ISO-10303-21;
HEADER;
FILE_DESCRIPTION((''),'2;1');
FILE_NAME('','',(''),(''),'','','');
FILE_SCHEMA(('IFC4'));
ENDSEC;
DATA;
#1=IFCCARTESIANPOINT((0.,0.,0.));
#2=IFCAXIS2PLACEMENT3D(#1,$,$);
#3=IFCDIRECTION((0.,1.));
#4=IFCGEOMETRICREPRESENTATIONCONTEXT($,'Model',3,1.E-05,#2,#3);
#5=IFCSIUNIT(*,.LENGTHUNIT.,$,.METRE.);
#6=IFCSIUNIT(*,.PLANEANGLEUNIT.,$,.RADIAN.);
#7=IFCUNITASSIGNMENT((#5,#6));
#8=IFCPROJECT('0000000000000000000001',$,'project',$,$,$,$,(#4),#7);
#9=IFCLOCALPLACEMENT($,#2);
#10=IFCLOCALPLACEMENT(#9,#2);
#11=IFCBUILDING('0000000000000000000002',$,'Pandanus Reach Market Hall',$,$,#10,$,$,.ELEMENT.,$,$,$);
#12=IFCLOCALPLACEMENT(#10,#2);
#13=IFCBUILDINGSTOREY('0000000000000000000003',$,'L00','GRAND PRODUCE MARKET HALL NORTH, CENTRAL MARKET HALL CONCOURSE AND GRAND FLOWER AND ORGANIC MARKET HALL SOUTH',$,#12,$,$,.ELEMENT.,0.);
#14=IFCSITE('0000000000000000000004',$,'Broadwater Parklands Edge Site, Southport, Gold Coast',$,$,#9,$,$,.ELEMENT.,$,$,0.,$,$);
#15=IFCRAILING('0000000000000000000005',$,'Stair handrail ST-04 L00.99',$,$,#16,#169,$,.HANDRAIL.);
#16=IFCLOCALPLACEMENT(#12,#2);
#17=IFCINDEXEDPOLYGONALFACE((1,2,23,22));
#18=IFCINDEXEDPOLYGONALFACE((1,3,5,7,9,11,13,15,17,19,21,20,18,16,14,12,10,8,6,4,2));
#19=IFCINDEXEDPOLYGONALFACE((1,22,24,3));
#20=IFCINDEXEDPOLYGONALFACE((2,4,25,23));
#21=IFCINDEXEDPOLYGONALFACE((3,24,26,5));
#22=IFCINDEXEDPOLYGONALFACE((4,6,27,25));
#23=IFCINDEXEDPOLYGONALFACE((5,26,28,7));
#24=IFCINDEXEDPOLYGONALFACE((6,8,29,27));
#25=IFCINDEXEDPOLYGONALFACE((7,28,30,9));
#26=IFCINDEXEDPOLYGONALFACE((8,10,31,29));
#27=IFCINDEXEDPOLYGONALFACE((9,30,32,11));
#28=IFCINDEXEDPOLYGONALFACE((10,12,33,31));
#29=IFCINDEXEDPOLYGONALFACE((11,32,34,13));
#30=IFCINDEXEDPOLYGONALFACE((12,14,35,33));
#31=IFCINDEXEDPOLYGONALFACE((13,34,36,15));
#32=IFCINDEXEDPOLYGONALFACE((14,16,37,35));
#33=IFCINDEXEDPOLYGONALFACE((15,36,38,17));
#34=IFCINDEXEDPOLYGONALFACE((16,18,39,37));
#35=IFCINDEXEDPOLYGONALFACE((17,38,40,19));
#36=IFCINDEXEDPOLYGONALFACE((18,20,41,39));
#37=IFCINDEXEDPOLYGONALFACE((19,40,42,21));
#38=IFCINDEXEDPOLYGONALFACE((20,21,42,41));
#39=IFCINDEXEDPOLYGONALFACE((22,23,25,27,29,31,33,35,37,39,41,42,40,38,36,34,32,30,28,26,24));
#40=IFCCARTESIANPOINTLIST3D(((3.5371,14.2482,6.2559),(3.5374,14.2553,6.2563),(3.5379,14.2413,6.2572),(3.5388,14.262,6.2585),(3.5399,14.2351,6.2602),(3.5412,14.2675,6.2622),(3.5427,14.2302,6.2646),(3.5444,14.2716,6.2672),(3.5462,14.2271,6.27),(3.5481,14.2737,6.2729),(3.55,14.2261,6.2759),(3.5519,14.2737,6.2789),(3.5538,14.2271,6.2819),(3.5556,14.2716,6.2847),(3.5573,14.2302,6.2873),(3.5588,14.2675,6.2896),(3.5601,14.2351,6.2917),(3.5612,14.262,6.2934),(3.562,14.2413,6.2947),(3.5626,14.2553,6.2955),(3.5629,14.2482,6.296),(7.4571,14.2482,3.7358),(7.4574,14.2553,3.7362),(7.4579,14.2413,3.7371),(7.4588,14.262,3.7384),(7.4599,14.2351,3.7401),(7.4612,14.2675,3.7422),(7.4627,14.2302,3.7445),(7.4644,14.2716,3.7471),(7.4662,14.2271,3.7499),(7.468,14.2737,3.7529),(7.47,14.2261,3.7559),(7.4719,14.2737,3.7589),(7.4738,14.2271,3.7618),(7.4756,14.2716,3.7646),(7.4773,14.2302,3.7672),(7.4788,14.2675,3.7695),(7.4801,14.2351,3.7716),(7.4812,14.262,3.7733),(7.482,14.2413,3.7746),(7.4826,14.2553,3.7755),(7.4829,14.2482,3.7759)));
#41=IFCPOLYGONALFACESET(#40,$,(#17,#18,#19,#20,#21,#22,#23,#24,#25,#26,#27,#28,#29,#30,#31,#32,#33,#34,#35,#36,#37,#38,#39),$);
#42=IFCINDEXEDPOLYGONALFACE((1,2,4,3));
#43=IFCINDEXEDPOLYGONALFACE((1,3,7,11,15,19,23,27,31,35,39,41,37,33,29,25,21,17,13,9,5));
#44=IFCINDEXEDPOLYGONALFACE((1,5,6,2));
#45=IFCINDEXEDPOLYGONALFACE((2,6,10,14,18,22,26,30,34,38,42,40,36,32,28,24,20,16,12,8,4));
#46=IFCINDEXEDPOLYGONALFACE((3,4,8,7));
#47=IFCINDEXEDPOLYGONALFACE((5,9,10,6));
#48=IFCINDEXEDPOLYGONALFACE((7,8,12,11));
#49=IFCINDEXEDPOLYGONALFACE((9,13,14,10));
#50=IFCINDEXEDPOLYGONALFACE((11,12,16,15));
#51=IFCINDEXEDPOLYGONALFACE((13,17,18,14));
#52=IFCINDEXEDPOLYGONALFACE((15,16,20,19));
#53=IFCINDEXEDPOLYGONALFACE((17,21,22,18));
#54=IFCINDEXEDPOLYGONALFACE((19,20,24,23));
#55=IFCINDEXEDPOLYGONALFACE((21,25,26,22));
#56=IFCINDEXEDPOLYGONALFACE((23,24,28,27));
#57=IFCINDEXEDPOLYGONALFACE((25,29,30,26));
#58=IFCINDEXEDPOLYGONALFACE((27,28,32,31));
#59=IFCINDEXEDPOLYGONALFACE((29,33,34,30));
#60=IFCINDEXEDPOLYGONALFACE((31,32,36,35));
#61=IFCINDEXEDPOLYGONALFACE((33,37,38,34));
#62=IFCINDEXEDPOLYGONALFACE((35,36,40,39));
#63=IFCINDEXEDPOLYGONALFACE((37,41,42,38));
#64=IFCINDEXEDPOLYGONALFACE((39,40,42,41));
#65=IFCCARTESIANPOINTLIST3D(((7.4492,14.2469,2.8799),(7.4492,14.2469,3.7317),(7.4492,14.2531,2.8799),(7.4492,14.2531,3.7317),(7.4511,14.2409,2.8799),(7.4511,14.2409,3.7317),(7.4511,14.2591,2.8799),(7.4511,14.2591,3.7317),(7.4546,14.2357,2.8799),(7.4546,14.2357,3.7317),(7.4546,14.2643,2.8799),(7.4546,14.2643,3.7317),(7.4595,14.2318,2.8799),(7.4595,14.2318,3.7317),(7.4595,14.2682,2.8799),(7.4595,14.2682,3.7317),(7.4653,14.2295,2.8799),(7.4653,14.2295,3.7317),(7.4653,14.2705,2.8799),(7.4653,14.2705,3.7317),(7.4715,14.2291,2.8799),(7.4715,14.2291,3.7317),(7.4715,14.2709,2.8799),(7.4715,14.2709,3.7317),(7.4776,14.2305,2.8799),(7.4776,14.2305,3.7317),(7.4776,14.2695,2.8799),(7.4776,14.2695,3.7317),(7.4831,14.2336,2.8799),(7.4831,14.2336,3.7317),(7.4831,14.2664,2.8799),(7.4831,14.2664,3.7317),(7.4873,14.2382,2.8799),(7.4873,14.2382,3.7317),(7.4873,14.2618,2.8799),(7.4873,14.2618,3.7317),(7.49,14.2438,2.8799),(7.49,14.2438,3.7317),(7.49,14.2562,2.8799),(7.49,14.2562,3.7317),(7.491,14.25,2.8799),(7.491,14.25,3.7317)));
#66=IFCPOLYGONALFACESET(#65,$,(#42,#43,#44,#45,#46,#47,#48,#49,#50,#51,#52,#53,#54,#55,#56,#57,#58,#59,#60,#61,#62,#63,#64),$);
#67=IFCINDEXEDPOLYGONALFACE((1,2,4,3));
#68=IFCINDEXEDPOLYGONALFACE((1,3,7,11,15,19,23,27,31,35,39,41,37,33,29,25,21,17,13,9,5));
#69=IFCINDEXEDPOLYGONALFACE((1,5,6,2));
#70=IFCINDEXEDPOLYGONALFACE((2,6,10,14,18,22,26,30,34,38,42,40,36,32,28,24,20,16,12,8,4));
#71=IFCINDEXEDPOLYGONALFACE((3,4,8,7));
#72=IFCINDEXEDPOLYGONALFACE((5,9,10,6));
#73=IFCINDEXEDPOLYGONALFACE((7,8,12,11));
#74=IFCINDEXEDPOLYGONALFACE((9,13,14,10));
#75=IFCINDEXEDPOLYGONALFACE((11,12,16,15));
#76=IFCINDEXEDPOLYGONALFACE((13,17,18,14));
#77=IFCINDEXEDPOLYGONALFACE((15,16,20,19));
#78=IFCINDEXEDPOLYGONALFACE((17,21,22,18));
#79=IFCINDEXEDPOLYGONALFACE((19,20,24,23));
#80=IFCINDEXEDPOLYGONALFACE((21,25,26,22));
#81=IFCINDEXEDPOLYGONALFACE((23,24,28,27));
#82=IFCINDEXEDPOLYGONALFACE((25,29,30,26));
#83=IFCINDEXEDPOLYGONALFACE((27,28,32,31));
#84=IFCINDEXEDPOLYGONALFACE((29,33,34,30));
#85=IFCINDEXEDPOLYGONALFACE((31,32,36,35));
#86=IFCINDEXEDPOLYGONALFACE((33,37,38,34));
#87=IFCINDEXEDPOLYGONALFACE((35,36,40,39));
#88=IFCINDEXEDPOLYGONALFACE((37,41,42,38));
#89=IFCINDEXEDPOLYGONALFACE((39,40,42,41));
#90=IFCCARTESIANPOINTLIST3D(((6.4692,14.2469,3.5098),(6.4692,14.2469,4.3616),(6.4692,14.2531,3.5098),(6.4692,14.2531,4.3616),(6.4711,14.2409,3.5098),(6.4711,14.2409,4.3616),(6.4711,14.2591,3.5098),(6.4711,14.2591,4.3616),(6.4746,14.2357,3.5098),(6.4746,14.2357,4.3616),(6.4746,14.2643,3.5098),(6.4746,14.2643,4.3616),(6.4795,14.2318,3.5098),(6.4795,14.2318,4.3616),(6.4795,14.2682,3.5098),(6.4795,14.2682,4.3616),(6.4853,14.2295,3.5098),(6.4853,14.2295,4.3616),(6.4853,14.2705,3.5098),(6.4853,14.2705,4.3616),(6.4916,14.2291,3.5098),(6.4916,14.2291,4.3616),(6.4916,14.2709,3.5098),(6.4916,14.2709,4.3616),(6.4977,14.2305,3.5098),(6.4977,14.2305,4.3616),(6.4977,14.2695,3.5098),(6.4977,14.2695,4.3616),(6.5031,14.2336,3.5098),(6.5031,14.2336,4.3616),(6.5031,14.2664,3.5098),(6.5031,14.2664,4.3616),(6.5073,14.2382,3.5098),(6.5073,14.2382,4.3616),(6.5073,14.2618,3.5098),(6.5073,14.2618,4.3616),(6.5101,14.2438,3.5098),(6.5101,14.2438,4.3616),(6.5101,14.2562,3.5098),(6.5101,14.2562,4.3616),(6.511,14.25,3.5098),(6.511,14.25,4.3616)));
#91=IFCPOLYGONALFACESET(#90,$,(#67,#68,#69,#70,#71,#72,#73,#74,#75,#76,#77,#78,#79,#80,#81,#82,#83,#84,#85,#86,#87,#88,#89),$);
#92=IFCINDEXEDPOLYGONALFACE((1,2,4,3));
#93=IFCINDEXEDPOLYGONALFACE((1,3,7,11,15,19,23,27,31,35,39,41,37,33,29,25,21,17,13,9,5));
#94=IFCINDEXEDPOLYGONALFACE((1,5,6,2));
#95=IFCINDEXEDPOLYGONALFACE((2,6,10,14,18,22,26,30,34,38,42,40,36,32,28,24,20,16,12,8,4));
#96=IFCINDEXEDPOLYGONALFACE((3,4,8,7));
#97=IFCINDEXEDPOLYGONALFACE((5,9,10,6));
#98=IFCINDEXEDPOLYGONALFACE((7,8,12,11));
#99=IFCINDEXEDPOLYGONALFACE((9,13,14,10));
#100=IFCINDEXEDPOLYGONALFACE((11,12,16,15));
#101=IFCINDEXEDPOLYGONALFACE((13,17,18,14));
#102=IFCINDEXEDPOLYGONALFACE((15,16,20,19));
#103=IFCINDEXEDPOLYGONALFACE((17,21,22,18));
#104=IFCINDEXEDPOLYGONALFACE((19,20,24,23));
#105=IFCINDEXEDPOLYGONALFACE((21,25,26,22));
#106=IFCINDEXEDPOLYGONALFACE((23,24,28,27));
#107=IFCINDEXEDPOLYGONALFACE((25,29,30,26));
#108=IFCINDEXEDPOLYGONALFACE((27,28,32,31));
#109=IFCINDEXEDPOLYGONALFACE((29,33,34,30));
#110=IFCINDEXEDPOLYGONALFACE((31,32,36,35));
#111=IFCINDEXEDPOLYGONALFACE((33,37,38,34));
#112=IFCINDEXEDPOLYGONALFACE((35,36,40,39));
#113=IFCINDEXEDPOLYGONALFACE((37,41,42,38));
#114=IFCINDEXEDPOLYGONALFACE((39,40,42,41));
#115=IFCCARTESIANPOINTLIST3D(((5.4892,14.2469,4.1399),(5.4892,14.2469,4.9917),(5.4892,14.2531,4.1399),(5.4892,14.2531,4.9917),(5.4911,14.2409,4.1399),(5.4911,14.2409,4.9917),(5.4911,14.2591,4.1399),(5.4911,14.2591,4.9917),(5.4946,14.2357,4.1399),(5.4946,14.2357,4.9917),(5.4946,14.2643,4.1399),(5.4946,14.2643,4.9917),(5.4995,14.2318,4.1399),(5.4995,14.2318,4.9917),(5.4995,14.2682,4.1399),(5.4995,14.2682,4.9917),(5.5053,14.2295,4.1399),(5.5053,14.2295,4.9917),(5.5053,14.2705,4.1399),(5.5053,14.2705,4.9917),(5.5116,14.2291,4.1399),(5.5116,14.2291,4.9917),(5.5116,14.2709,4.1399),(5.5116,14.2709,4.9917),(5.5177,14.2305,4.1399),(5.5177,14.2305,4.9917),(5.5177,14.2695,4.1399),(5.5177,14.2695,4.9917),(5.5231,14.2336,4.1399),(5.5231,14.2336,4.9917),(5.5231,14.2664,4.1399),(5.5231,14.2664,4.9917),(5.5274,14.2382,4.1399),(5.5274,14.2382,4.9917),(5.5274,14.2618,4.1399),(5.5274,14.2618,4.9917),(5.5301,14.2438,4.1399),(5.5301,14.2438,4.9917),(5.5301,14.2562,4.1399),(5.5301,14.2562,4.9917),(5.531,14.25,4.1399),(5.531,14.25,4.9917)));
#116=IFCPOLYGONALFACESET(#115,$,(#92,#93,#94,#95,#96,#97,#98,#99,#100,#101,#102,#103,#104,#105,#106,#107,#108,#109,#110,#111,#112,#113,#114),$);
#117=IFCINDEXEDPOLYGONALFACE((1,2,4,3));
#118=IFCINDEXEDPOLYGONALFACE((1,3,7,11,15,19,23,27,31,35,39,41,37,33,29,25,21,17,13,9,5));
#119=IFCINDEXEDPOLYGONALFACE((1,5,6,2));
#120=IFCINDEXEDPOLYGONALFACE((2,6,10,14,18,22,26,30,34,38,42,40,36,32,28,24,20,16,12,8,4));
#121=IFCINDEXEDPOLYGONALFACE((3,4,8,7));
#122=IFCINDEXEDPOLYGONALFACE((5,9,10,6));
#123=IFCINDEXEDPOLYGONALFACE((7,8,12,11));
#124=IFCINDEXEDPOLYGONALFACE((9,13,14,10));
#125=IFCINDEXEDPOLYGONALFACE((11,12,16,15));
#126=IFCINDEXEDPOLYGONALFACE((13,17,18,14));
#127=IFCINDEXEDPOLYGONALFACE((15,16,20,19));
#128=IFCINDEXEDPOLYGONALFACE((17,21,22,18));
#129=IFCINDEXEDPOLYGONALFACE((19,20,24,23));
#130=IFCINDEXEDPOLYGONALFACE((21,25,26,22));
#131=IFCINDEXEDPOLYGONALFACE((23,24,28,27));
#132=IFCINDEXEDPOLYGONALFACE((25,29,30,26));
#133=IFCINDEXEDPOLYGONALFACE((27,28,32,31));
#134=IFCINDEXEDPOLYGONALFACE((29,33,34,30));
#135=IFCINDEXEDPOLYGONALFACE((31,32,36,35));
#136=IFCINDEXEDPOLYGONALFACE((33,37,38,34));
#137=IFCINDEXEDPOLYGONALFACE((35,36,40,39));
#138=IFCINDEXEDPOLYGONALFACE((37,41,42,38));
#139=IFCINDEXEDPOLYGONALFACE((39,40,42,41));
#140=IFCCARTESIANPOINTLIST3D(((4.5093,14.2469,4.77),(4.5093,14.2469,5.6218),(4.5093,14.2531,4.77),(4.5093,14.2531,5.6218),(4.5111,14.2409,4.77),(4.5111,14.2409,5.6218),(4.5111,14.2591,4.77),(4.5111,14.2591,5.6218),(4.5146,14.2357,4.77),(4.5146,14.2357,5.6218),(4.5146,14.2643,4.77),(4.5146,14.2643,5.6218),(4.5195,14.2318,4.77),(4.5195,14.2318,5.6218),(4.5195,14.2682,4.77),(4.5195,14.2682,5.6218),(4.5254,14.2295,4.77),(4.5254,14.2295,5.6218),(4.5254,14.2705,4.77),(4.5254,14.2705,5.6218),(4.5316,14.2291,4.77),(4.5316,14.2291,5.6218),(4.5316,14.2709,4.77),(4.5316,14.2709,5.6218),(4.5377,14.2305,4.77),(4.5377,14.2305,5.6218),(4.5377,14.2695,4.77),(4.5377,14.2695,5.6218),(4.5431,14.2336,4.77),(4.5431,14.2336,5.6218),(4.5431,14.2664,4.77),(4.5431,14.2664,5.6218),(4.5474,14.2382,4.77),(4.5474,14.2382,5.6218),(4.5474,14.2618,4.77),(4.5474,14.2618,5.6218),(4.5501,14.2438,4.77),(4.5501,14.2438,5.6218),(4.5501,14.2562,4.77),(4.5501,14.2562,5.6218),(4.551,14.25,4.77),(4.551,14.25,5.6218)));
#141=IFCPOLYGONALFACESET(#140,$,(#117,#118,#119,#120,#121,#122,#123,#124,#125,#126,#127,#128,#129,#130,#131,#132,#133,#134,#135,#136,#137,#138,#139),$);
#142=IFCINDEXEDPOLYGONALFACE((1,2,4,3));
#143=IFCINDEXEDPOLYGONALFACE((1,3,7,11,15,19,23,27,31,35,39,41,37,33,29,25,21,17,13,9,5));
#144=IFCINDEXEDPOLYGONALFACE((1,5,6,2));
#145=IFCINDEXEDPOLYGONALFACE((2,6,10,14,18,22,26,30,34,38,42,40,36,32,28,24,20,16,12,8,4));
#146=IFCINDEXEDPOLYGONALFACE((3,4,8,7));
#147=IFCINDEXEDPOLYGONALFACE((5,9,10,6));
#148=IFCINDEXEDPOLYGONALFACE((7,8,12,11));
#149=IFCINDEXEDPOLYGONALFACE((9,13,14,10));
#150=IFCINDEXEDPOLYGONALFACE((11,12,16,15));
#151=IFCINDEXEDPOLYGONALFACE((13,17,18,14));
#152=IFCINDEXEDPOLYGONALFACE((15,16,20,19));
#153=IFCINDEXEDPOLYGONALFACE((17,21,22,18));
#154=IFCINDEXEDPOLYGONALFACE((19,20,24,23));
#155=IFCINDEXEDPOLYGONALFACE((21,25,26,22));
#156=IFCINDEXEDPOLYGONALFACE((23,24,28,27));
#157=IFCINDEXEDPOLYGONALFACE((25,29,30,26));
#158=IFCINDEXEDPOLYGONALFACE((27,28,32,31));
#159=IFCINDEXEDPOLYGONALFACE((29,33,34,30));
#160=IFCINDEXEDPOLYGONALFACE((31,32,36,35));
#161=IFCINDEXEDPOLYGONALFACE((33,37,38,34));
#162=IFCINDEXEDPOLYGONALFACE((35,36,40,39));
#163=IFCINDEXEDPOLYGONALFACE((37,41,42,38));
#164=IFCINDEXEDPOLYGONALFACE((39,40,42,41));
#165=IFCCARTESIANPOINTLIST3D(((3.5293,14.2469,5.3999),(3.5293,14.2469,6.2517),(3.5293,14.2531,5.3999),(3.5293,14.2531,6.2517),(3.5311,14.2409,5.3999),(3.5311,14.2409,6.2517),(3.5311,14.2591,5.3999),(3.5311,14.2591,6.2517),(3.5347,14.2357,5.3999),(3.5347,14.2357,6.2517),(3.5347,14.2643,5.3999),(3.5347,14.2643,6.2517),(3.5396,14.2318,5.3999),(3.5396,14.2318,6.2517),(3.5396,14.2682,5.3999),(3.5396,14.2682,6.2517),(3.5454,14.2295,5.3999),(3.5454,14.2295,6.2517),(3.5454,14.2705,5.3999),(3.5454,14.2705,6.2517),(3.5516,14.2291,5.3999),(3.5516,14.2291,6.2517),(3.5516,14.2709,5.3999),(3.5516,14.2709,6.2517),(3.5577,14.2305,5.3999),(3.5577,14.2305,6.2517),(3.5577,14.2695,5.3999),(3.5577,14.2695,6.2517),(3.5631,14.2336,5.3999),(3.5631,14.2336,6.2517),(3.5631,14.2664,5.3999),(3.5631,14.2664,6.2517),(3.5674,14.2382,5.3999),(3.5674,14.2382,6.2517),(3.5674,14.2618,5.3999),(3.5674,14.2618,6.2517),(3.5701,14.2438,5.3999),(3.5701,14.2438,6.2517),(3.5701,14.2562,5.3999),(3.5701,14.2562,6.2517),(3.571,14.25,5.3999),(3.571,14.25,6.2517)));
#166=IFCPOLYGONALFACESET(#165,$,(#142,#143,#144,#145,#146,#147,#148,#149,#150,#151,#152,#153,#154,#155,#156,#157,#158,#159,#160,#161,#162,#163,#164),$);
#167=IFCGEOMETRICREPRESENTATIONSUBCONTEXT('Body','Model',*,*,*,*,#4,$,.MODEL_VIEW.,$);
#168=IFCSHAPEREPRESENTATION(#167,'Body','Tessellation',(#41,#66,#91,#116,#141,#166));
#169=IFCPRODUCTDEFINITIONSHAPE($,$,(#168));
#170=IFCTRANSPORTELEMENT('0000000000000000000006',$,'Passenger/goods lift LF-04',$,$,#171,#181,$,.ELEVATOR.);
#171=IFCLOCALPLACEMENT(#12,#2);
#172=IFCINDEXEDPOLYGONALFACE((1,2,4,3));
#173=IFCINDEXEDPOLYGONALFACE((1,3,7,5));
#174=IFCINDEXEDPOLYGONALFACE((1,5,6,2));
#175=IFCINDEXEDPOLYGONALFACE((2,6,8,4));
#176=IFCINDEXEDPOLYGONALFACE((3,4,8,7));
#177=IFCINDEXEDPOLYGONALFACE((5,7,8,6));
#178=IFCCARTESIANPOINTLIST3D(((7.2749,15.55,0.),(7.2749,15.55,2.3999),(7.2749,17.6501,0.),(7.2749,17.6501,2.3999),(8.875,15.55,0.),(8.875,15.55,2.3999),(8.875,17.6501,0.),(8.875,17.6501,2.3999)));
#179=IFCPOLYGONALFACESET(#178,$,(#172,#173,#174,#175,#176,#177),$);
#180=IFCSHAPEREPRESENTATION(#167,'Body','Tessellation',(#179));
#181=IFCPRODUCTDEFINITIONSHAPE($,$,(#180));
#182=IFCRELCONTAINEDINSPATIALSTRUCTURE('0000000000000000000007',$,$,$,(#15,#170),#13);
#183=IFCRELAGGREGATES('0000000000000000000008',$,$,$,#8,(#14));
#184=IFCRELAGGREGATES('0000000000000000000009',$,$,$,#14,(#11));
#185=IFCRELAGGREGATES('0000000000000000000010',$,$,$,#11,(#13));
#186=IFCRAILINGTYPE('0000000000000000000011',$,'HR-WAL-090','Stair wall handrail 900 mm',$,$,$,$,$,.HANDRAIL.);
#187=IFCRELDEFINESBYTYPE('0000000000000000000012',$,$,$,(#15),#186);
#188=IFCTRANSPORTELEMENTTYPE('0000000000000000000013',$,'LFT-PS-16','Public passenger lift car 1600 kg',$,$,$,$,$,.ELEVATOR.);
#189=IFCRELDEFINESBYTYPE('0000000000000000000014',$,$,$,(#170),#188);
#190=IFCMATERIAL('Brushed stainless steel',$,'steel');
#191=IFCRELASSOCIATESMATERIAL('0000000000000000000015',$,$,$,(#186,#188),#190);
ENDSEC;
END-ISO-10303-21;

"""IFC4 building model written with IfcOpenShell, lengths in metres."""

from ifc_helpers import new_model, si_unit, direction, frame, origin, origin_2d, place, context, subcontext, project, spatial, rectangle, circle, extrude, material, type_object, element, save


model = new_model("IFC4")

# Units and contexts
model_context = context("Model", 3, precision=1e-05, world=origin(), true_north=direction((0.0, 1.0)))
body_context = subcontext(model_context, "Body", "Model", "MODEL_VIEW")
ifc_project = project(units=[si_unit("LENGTHUNIT", "METRE"), si_unit("PLANEANGLEUNIT", "RADIAN")], contexts=[model_context])

# Site, building, storey
site_placement = place(None, origin())
site = spatial("IfcSite", under=ifc_project, at=site_placement, Name="Broadwater Parklands Edge Site, Southport, Gold Coast", CompositionType="ELEMENT", RefElevation=0.0)
building_placement = place(site_placement, origin())
building = spatial("IfcBuilding", under=site, at=building_placement, Name="Pandanus Reach Market Hall", CompositionType="ELEMENT")
storey_placement = place(building_placement, origin())
storey = spatial("IfcBuildingStorey", under=building, at=storey_placement, Name="L00", Description="GRAND PRODUCE MARKET HALL NORTH, CENTRAL MARKET HALL CONCOURSE AND GRAND FLOWER AND ORGANIC MARKET HALL SOUTH", CompositionType="ELEMENT", Elevation=0.0)

# Railing
ifc_material_1 = material(Name="Brushed stainless steel", Category="steel")
railing_type_1 = type_object("IfcRailingType", Name="HR-WAL-090", Description="Stair wall handrail 900 mm", PredefinedType="HANDRAIL", material=ifc_material_1)
railing_1_placement = place(storey_placement, frame((7.47, 14.25, 2.8799)))
element("IfcRailing", 1, at=railing_1_placement, inside=storey, type_object=railing_type_1, Name="Stair handrail ST-04 L00.99", PredefinedType="HANDRAIL", context=body_context, shape_type="SweptSolid", body=[
    extrude(circle(Radius=0.0239, at=origin_2d()), frame((0.0, 0.0, 0.876), z_axis=(-0.841172, 0.0, 0.540768), x_axis=(0.0, -1.0, 0.0)), (0.0, 0.0, 1.0), 4.6602),
    extrude(circle(Radius=0.021, at=origin_2d()), origin(), (0.0, 0.0, 1.0), 0.8518),
    extrude(circle(Radius=0.021, at=origin_2d()), frame((-0.98, 0.0, 0.6299)), (0.0, 0.0, 1.0), 0.8518),
    extrude(circle(Radius=0.021, at=origin_2d()), frame((-1.96, 0.0, 1.26)), (0.0, 0.0, 1.0), 0.8518),
    extrude(circle(Radius=0.021, at=origin_2d()), frame((-2.9399, 0.0, 1.8901)), (0.0, 0.0, 1.0), 0.8518),
    extrude(circle(Radius=0.021, at=origin_2d()), frame((-3.9199, 0.0, 2.52)), (0.0, 0.0, 1.0), 0.8518),
])

# Transport element
transport_element_type = type_object("IfcTransportElementType", Name="LFT-PS-16", Description="Public passenger lift car 1600 kg", PredefinedType="ELEVATOR", material=ifc_material_1)
transport_element_placement = place(storey_placement, frame((8.075, 16.6001, 0.0), z_axis=(0.0, 0.0, 1.0), x_axis=(1.0, 0.0, 0.0)))
element("IfcTransportElement", 2, at=transport_element_placement, inside=storey, type_object=transport_element_type, Name="Passenger/goods lift LF-04", PredefinedType="ELEVATOR", context=body_context, shape_type="SweptSolid", body=[
    extrude(rectangle(XDim=1.6001, YDim=2.1001, at=origin_2d()), origin(), (0.0, 0.0, 1.0), 2.3999),
])

save(model, "model.ifc")
